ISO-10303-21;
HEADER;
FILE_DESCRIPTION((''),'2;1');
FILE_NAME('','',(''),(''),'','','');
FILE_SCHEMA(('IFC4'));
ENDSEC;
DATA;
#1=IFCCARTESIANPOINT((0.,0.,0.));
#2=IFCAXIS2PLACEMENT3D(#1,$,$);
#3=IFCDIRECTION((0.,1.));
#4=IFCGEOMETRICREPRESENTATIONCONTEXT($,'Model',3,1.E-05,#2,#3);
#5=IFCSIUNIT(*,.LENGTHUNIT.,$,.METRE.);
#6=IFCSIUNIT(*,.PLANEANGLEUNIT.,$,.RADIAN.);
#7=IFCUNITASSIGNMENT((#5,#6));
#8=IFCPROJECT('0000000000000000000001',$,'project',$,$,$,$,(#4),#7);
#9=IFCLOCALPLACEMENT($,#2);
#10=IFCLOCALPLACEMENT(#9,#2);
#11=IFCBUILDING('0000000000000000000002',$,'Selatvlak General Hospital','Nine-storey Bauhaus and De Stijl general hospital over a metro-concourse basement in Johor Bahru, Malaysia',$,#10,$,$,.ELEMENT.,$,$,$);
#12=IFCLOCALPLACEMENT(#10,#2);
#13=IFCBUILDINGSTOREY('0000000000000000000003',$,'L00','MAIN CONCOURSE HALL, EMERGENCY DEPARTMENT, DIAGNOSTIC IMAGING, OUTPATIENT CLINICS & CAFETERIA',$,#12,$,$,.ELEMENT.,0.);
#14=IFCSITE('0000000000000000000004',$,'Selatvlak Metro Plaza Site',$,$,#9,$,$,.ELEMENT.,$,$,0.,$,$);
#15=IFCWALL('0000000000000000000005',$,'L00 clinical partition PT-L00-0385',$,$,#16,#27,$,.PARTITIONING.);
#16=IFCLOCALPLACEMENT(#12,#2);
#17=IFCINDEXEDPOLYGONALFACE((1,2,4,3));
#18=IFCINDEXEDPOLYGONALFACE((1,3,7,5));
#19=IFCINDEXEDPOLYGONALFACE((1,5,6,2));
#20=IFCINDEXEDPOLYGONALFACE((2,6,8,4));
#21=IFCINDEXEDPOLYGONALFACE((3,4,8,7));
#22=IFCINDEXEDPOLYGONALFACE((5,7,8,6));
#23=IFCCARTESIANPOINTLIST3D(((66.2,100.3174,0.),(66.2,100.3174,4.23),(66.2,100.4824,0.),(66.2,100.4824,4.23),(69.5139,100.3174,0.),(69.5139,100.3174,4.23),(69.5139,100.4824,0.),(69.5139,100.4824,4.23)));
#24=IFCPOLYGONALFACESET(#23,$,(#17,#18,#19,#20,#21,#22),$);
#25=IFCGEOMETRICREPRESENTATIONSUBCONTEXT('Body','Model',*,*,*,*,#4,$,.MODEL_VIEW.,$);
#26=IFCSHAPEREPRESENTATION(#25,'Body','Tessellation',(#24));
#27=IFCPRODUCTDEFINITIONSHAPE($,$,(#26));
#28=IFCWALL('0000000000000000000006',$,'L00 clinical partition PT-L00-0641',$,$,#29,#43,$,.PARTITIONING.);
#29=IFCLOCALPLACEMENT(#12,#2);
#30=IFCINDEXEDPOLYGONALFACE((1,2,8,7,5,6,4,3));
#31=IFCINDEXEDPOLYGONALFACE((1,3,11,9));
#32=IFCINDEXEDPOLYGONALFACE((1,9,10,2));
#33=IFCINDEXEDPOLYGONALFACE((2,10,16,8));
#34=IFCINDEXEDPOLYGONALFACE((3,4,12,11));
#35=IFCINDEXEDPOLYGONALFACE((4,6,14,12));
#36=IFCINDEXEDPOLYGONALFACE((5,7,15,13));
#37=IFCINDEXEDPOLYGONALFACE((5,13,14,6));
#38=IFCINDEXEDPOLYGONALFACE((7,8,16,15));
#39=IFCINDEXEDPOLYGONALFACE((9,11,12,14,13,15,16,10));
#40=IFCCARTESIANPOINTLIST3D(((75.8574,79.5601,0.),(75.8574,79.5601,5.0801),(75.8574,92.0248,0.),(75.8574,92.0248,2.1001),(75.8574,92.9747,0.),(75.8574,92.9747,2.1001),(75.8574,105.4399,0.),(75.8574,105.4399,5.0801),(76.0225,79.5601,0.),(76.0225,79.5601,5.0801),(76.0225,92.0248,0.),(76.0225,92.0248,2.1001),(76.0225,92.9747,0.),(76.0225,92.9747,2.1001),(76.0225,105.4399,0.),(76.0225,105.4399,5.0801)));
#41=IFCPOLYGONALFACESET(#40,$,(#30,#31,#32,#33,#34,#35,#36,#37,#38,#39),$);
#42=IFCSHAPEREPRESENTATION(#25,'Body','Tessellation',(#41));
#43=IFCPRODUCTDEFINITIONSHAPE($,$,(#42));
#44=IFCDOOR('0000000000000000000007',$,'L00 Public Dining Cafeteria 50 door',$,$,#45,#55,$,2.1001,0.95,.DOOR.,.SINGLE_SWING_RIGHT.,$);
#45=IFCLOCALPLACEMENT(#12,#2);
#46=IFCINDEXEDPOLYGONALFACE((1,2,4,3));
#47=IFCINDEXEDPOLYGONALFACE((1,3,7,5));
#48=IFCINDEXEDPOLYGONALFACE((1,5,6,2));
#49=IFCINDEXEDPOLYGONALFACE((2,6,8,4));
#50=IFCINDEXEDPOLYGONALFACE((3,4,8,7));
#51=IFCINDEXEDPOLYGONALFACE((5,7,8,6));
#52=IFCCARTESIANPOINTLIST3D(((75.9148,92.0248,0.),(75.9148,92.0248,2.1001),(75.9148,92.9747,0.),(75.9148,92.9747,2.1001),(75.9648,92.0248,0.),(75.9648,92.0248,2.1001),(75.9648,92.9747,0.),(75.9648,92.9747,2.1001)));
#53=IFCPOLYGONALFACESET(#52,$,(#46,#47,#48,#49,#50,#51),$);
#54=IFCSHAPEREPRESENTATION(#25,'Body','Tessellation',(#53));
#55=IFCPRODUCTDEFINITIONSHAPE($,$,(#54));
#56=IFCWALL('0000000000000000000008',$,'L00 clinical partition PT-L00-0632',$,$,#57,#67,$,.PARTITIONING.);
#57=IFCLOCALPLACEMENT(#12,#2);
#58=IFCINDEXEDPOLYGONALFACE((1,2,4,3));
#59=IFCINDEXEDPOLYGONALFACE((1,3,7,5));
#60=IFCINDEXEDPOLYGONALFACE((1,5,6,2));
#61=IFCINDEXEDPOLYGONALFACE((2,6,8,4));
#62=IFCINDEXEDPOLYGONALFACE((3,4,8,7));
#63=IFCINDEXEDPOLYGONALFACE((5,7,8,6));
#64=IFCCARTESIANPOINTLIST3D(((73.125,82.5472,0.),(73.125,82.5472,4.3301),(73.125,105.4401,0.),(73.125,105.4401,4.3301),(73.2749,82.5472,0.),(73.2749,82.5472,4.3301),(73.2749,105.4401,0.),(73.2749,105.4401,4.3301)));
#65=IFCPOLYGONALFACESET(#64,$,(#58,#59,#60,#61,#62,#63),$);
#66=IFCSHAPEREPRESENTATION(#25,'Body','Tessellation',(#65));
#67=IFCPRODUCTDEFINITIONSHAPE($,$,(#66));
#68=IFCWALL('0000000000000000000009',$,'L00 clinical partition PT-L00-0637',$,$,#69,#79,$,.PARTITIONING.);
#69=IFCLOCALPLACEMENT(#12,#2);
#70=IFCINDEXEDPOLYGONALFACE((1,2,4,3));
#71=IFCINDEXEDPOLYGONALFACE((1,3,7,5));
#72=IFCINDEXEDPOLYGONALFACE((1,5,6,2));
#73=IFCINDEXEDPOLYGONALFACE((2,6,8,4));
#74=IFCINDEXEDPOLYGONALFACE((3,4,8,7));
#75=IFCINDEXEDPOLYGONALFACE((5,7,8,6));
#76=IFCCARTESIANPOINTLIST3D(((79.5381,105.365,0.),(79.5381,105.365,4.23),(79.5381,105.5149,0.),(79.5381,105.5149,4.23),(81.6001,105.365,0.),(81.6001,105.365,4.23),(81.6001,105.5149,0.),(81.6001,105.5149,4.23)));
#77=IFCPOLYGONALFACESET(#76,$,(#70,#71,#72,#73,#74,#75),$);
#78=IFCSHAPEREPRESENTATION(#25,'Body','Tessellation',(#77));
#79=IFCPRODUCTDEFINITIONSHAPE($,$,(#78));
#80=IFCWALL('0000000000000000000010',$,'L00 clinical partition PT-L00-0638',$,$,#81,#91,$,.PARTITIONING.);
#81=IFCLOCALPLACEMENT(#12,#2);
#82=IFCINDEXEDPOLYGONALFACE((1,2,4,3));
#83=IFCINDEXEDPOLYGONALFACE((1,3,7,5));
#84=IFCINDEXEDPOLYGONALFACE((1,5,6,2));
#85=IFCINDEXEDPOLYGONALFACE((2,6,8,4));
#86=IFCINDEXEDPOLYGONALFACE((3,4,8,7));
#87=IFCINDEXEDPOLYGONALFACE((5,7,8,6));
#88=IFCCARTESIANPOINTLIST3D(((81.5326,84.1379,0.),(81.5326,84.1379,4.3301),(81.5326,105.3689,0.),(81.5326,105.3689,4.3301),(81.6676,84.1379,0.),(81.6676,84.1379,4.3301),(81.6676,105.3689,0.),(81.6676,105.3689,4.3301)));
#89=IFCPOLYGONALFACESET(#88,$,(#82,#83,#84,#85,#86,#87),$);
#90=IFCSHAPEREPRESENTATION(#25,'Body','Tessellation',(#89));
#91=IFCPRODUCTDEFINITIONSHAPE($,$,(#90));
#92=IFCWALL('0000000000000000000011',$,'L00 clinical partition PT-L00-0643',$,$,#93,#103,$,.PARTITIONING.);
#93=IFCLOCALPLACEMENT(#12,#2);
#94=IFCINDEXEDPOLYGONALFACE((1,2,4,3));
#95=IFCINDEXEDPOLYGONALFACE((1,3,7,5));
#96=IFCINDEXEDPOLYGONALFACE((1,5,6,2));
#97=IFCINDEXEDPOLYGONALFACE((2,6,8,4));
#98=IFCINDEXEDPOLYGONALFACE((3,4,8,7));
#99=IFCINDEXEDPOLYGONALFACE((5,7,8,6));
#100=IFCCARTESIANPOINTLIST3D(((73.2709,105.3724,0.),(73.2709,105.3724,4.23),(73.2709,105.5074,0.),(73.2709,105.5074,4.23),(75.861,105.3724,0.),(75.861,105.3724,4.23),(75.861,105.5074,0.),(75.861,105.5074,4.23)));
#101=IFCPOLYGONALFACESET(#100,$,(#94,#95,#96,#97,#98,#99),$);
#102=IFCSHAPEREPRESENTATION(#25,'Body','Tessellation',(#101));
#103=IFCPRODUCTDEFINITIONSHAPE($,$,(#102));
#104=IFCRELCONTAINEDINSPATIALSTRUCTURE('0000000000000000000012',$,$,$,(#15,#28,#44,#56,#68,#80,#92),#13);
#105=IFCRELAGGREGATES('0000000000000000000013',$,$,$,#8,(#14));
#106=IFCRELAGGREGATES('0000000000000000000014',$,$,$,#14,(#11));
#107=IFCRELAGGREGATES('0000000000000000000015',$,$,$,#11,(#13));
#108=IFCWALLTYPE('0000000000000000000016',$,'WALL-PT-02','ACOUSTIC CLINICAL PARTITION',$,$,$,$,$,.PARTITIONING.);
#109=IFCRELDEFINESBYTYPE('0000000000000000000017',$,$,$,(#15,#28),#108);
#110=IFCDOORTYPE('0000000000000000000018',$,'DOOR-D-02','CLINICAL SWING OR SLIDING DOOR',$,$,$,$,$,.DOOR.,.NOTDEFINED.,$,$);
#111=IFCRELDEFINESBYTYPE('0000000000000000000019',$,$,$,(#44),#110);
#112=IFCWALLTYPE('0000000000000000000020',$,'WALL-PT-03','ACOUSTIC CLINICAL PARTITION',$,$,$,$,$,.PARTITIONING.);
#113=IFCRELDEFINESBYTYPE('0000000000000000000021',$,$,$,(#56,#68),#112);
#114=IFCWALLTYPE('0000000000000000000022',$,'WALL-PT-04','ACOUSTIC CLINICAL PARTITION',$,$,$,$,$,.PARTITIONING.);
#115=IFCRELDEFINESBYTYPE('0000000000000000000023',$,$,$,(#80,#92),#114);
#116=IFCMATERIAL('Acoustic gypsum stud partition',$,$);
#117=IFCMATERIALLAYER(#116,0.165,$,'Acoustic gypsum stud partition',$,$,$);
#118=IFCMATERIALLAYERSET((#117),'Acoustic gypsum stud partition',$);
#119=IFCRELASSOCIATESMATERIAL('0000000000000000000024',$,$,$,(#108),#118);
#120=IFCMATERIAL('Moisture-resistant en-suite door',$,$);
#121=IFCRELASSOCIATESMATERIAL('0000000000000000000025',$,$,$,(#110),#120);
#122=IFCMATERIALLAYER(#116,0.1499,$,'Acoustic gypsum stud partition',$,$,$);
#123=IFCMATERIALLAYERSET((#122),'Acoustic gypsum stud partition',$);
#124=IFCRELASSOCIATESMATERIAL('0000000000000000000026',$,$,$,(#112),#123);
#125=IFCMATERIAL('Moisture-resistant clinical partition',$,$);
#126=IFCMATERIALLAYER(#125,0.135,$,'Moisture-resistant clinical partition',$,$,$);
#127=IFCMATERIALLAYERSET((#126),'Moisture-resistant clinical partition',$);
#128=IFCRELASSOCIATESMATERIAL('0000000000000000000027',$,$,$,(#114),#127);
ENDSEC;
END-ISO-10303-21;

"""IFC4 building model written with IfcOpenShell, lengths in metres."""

from ifc_helpers import new_model, si_unit, direction, frame, frame_2d, origin, place, context, subcontext, project, spatial, rectangle, extrude, material, layer, layer_set, type_object, element, fill, save


model = new_model("IFC4")

# Units and contexts
model_context = context("Model", 3, precision=1e-05, world=origin(), true_north=direction((0.0, 1.0)))
body_context = subcontext(model_context, "Body", "Model", "MODEL_VIEW")
ifc_project = project(units=[si_unit("LENGTHUNIT", "METRE"), si_unit("PLANEANGLEUNIT", "RADIAN")], contexts=[model_context])

# Site, building, storey
site_placement = place(None, origin())
site = spatial("IfcSite", under=ifc_project, at=site_placement, Name="Selatvlak Metro Plaza Site", CompositionType="ELEMENT", RefElevation=0.0)
building_placement = place(site_placement, origin())
building = spatial("IfcBuilding", under=site, at=building_placement, Name="Selatvlak General Hospital", Description="Nine-storey Bauhaus and De Stijl general hospital over a metro-concourse basement in Johor Bahru, Malaysia", CompositionType="ELEMENT")
storey_placement = place(building_placement, origin())
storey = spatial("IfcBuildingStorey", under=building, at=storey_placement, Name="L00", Description="MAIN CONCOURSE HALL, EMERGENCY DEPARTMENT, DIAGNOSTIC IMAGING, OUTPATIENT CLINICS & CAFETERIA", CompositionType="ELEMENT", Elevation=0.0)

# Wall
ifc_material_1 = material(Name="Acoustic gypsum stud partition")
ifc_layer_1 = layer(ifc_material_1, 0.165, Name="Acoustic gypsum stud partition")
ifc_layer_set_1 = layer_set([ifc_layer_1], Name="Acoustic gypsum stud partition")
wall_type_1 = type_object("IfcWallType", Name="WALL-PT-02", Description="ACOUSTIC CLINICAL PARTITION", PredefinedType="PARTITIONING", material=ifc_layer_set_1)
wall_1_placement = place(storey_placement, frame((69.5139, 100.3999, 0.0), z_axis=(0.0, 0.0, 1.0), x_axis=(-1.0, 0.0, 0.0)))
element("IfcWall", 1, at=wall_1_placement, inside=storey, type_object=wall_type_1, Name="L00 clinical partition PT-L00-0385", PredefinedType="PARTITIONING", context=body_context, shape_type="SweptSolid", body=[
    extrude(rectangle(XDim=3.314, YDim=0.165, at=frame_2d((1.657, 0.0))), origin(), (0.0, 0.0, 1.0), 4.23),
])

# Wall, opening, door
wall_2_placement = place(storey_placement, frame((75.9399, 105.4399, 0.0), z_axis=(0.0, 0.0, 1.0), x_axis=(0.0, -1.0, 0.0)))
wall_2 = element("IfcWall", 2, at=wall_2_placement, inside=storey, type_object=wall_type_1, Name="L00 clinical partition PT-L00-0641", PredefinedType="PARTITIONING", context=body_context, shape_type="SweptSolid", body=[
    extrude(rectangle(XDim=25.8799, YDim=0.165, at=frame_2d((12.9399, 0.0))), origin(), (0.0, 0.0, 1.0), 5.0801),
])
opening_placement = place(wall_2_placement, frame((12.4651, 0.0, 0.0)))
opening = element("IfcOpeningElement", 3, at=opening_placement, cuts=wall_2, PredefinedType="OPENING", context=body_context, shape_type="SweptSolid", body=[
    extrude(rectangle(XDim=0.95, YDim=2.1001, at=frame_2d((0.4751, 1.05))), frame((0.0, 0.0925, 0.0), z_axis=(0.0, -1.0, 0.0), x_axis=(1.0, 0.0, 0.0)), (0.0, 0.0, 1.0), 0.1851),
])
ifc_material_2 = material(Name="Moisture-resistant en-suite door")
door_type = type_object("IfcDoorType", Name="DOOR-D-02", Description="CLINICAL SWING OR SLIDING DOOR", OperationType="NOTDEFINED", PredefinedType="DOOR", material=ifc_material_2)
door_placement = place(opening_placement, origin())
door = element("IfcDoor", 4, at=door_placement, inside=storey, type_object=door_type, Name="L00 Public Dining Cafeteria 50 door", OperationType="SINGLE_SWING_RIGHT", OverallHeight=2.1001, OverallWidth=0.95, PredefinedType="DOOR", context=body_context, shape_type="SweptSolid", body=[
    extrude(rectangle(XDim=0.95, YDim=2.1001, at=frame_2d((0.4751, 1.05))), frame((0.0, 0.0249, 0.0), z_axis=(0.0, -1.0, 0.0), x_axis=(1.0, 0.0, 0.0)), (0.0, 0.0, 1.0), 0.05),
])
fill(opening, door)

# Walls
ifc_layer_2 = layer(ifc_material_1, 0.1499, Name="Acoustic gypsum stud partition")
ifc_layer_set_2 = layer_set([ifc_layer_2], Name="Acoustic gypsum stud partition")
wall_type_2 = type_object("IfcWallType", Name="WALL-PT-03", Description="ACOUSTIC CLINICAL PARTITION", PredefinedType="PARTITIONING", material=ifc_layer_set_2)
wall_3_placement = place(storey_placement, frame((73.2, 105.4399, 0.0), z_axis=(0.0, 0.0, 1.0), x_axis=(0.0, -1.0, 0.0)))
element("IfcWall", 5, at=wall_3_placement, inside=storey, type_object=wall_type_2, Name="L00 clinical partition PT-L00-0632", PredefinedType="PARTITIONING", context=body_context, shape_type="SweptSolid", body=[
    extrude(rectangle(XDim=22.8928, YDim=0.1499, at=frame_2d((11.4463, 0.0))), origin(), (0.0, 0.0, 1.0), 4.3301),
])
wall_4_placement = place(storey_placement, frame((79.5381, 105.4399, 0.0), z_axis=(0.0, 0.0, 1.0), x_axis=(1.0, 0.0, 0.0)))
element("IfcWall", 6, at=wall_4_placement, inside=storey, type_object=wall_type_2, Name="L00 clinical partition PT-L00-0637", PredefinedType="PARTITIONING", context=body_context, shape_type="SweptSolid", body=[
    extrude(rectangle(XDim=2.062, YDim=0.1499, at=frame_2d((1.031, 0.0))), origin(), (0.0, 0.0, 1.0), 4.23),
])
ifc_material_3 = material(Name="Moisture-resistant clinical partition")
ifc_layer_3 = layer(ifc_material_3, 0.135, Name="Moisture-resistant clinical partition")
ifc_layer_set_3 = layer_set([ifc_layer_3], Name="Moisture-resistant clinical partition")
wall_type_3 = type_object("IfcWallType", Name="WALL-PT-04", Description="ACOUSTIC CLINICAL PARTITION", PredefinedType="PARTITIONING", material=ifc_layer_set_3)
wall_5_placement = place(storey_placement, frame((81.6001, 105.3689, 0.0), z_axis=(0.0, 0.0, 1.0), x_axis=(0.0, -1.0, 0.0)))
element("IfcWall", 7, at=wall_5_placement, inside=storey, type_object=wall_type_3, Name="L00 clinical partition PT-L00-0638", PredefinedType="PARTITIONING", context=body_context, shape_type="SweptSolid", body=[
    extrude(rectangle(XDim=21.231, YDim=0.135, at=frame_2d((10.6155, 0.0))), origin(), (0.0, 0.0, 1.0), 4.3301),
])
wall_6_placement = place(storey_placement, frame((73.271, 105.4399, 0.0), z_axis=(0.0, 0.0, 1.0), x_axis=(1.0, 0.0, 0.0)))
element("IfcWall", 8, at=wall_6_placement, inside=storey, type_object=wall_type_3, Name="L00 clinical partition PT-L00-0643", PredefinedType="PARTITIONING", context=body_context, shape_type="SweptSolid", body=[
    extrude(rectangle(XDim=2.5901, YDim=0.135, at=frame_2d((1.2949, 0.0))), origin(), (0.0, 0.0, 1.0), 4.23),
])

save(model, "model.ifc")
